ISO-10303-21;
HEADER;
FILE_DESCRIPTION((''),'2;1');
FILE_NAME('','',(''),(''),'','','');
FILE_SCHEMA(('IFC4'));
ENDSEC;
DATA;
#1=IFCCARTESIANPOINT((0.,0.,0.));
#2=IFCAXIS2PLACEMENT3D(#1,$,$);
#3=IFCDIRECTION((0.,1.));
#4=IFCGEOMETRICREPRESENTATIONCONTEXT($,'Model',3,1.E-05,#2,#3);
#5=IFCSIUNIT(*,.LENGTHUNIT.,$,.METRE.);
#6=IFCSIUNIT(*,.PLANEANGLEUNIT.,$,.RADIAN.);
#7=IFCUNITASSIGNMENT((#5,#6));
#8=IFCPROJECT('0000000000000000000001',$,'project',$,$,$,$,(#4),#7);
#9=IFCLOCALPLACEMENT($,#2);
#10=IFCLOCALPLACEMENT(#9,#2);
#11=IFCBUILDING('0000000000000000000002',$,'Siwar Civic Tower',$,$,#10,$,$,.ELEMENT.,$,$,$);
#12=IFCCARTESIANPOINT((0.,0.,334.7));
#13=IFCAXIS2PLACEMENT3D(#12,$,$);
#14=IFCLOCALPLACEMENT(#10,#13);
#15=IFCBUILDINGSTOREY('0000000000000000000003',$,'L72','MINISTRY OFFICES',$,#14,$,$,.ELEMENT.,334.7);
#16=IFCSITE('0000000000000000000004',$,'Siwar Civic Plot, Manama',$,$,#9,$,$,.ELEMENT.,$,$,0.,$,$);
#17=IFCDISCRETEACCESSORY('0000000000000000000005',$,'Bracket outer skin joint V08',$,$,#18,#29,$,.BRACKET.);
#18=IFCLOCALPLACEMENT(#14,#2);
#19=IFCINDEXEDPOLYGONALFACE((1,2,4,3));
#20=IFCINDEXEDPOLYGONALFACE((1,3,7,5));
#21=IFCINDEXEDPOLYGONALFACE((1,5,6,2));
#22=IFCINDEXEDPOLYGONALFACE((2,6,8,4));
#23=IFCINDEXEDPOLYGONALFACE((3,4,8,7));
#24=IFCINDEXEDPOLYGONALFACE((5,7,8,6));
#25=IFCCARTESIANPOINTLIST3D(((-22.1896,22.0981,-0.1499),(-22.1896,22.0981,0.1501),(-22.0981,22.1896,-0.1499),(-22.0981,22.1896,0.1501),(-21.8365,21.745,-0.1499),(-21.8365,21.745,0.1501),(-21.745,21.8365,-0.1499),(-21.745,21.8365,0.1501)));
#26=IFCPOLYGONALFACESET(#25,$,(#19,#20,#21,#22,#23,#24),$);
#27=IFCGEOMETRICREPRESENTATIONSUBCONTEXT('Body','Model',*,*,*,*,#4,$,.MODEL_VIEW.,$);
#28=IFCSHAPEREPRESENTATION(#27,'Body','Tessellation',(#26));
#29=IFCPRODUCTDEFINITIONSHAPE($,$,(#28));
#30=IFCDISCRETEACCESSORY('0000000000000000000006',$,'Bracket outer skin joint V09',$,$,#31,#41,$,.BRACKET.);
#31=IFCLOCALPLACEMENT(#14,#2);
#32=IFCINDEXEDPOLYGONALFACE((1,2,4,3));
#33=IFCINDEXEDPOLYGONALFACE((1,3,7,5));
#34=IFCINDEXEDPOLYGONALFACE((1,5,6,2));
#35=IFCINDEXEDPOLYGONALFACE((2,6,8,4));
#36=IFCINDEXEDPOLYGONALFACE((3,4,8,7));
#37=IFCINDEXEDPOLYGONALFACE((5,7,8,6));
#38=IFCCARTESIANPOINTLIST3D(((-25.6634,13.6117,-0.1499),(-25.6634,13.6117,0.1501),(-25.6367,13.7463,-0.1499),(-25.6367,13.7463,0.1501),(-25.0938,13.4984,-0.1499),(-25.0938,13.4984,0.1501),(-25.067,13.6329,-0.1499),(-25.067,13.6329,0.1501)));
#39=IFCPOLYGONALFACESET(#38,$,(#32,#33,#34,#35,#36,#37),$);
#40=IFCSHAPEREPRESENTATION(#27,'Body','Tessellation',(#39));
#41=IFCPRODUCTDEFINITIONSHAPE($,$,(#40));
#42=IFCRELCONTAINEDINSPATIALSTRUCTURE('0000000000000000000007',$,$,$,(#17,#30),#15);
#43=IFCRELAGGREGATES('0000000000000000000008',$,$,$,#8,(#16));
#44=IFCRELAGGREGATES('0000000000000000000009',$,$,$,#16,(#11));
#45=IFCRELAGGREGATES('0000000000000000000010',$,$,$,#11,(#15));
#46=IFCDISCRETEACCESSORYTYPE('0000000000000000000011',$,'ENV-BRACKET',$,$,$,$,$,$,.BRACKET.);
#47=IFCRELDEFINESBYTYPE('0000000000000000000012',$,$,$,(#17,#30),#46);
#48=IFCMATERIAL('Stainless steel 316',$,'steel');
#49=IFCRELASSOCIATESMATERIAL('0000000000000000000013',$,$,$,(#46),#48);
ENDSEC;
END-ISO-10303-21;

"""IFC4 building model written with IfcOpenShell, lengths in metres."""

from ifc_helpers import new_model, si_unit, direction, frame, origin, origin_2d, place, context, subcontext, project, spatial, rectangle, extrude, material, type_object, element, save


model = new_model("IFC4")

# Units and contexts
model_context = context("Model", 3, precision=1e-05, world=origin(), true_north=direction((0.0, 1.0)))
body_context = subcontext(model_context, "Body", "Model", "MODEL_VIEW")
ifc_project = project(units=[si_unit("LENGTHUNIT", "METRE"), si_unit("PLANEANGLEUNIT", "RADIAN")], contexts=[model_context])

# Site, building, storey
site_placement = place(None, origin())
site = spatial("IfcSite", under=ifc_project, at=site_placement, Name="Siwar Civic Plot, Manama", CompositionType="ELEMENT", RefElevation=0.0)
building_placement = place(site_placement, origin())
building = spatial("IfcBuilding", under=site, at=building_placement, Name="Siwar Civic Tower", CompositionType="ELEMENT")
storey_placement = place(building_placement, frame((0.0, 0.0, 334.7)))
storey = spatial("IfcBuildingStorey", under=building, at=storey_placement, Name="L72", Description="MINISTRY OFFICES", CompositionType="ELEMENT", Elevation=334.7)

# Discrete accessories
ifc_material_1 = material(Name="Stainless steel 316", Category="steel")
discrete_accessory_type = type_object("IfcDiscreteAccessoryType", Name="ENV-BRACKET", PredefinedType="BRACKET", material=ifc_material_1)
discrete_accessory_1_placement = place(storey_placement, frame((-21.9673, 21.9673, -0.1499), z_axis=(0.0, 0.0, 1.0), x_axis=(-0.707107, 0.707107, 0.0)))
element("IfcDiscreteAccessory", 1, at=discrete_accessory_1_placement, inside=storey, type_object=discrete_accessory_type, Name="Bracket outer skin joint V08", PredefinedType="BRACKET", context=body_context, shape_type="SweptSolid", body=[
    extrude(rectangle(XDim=0.4993, YDim=0.1294, at=origin_2d()), origin(), (0.0, 0.0, 1.0), 0.3),
])
discrete_accessory_2_placement = place(storey_placement, frame((-25.3652, 13.6223, -0.1499), z_axis=(0.0, 0.0, 1.0), x_axis=(-0.980785, 0.19509, 0.0)))
element("IfcDiscreteAccessory", 2, at=discrete_accessory_2_placement, inside=storey, type_object=discrete_accessory_type, Name="Bracket outer skin joint V09", PredefinedType="BRACKET", context=body_context, shape_type="SweptSolid", body=[
    extrude(rectangle(XDim=0.5808, YDim=0.1372, at=origin_2d()), origin(), (0.0, 0.0, 1.0), 0.3),
])

save(model, "model.ifc")
